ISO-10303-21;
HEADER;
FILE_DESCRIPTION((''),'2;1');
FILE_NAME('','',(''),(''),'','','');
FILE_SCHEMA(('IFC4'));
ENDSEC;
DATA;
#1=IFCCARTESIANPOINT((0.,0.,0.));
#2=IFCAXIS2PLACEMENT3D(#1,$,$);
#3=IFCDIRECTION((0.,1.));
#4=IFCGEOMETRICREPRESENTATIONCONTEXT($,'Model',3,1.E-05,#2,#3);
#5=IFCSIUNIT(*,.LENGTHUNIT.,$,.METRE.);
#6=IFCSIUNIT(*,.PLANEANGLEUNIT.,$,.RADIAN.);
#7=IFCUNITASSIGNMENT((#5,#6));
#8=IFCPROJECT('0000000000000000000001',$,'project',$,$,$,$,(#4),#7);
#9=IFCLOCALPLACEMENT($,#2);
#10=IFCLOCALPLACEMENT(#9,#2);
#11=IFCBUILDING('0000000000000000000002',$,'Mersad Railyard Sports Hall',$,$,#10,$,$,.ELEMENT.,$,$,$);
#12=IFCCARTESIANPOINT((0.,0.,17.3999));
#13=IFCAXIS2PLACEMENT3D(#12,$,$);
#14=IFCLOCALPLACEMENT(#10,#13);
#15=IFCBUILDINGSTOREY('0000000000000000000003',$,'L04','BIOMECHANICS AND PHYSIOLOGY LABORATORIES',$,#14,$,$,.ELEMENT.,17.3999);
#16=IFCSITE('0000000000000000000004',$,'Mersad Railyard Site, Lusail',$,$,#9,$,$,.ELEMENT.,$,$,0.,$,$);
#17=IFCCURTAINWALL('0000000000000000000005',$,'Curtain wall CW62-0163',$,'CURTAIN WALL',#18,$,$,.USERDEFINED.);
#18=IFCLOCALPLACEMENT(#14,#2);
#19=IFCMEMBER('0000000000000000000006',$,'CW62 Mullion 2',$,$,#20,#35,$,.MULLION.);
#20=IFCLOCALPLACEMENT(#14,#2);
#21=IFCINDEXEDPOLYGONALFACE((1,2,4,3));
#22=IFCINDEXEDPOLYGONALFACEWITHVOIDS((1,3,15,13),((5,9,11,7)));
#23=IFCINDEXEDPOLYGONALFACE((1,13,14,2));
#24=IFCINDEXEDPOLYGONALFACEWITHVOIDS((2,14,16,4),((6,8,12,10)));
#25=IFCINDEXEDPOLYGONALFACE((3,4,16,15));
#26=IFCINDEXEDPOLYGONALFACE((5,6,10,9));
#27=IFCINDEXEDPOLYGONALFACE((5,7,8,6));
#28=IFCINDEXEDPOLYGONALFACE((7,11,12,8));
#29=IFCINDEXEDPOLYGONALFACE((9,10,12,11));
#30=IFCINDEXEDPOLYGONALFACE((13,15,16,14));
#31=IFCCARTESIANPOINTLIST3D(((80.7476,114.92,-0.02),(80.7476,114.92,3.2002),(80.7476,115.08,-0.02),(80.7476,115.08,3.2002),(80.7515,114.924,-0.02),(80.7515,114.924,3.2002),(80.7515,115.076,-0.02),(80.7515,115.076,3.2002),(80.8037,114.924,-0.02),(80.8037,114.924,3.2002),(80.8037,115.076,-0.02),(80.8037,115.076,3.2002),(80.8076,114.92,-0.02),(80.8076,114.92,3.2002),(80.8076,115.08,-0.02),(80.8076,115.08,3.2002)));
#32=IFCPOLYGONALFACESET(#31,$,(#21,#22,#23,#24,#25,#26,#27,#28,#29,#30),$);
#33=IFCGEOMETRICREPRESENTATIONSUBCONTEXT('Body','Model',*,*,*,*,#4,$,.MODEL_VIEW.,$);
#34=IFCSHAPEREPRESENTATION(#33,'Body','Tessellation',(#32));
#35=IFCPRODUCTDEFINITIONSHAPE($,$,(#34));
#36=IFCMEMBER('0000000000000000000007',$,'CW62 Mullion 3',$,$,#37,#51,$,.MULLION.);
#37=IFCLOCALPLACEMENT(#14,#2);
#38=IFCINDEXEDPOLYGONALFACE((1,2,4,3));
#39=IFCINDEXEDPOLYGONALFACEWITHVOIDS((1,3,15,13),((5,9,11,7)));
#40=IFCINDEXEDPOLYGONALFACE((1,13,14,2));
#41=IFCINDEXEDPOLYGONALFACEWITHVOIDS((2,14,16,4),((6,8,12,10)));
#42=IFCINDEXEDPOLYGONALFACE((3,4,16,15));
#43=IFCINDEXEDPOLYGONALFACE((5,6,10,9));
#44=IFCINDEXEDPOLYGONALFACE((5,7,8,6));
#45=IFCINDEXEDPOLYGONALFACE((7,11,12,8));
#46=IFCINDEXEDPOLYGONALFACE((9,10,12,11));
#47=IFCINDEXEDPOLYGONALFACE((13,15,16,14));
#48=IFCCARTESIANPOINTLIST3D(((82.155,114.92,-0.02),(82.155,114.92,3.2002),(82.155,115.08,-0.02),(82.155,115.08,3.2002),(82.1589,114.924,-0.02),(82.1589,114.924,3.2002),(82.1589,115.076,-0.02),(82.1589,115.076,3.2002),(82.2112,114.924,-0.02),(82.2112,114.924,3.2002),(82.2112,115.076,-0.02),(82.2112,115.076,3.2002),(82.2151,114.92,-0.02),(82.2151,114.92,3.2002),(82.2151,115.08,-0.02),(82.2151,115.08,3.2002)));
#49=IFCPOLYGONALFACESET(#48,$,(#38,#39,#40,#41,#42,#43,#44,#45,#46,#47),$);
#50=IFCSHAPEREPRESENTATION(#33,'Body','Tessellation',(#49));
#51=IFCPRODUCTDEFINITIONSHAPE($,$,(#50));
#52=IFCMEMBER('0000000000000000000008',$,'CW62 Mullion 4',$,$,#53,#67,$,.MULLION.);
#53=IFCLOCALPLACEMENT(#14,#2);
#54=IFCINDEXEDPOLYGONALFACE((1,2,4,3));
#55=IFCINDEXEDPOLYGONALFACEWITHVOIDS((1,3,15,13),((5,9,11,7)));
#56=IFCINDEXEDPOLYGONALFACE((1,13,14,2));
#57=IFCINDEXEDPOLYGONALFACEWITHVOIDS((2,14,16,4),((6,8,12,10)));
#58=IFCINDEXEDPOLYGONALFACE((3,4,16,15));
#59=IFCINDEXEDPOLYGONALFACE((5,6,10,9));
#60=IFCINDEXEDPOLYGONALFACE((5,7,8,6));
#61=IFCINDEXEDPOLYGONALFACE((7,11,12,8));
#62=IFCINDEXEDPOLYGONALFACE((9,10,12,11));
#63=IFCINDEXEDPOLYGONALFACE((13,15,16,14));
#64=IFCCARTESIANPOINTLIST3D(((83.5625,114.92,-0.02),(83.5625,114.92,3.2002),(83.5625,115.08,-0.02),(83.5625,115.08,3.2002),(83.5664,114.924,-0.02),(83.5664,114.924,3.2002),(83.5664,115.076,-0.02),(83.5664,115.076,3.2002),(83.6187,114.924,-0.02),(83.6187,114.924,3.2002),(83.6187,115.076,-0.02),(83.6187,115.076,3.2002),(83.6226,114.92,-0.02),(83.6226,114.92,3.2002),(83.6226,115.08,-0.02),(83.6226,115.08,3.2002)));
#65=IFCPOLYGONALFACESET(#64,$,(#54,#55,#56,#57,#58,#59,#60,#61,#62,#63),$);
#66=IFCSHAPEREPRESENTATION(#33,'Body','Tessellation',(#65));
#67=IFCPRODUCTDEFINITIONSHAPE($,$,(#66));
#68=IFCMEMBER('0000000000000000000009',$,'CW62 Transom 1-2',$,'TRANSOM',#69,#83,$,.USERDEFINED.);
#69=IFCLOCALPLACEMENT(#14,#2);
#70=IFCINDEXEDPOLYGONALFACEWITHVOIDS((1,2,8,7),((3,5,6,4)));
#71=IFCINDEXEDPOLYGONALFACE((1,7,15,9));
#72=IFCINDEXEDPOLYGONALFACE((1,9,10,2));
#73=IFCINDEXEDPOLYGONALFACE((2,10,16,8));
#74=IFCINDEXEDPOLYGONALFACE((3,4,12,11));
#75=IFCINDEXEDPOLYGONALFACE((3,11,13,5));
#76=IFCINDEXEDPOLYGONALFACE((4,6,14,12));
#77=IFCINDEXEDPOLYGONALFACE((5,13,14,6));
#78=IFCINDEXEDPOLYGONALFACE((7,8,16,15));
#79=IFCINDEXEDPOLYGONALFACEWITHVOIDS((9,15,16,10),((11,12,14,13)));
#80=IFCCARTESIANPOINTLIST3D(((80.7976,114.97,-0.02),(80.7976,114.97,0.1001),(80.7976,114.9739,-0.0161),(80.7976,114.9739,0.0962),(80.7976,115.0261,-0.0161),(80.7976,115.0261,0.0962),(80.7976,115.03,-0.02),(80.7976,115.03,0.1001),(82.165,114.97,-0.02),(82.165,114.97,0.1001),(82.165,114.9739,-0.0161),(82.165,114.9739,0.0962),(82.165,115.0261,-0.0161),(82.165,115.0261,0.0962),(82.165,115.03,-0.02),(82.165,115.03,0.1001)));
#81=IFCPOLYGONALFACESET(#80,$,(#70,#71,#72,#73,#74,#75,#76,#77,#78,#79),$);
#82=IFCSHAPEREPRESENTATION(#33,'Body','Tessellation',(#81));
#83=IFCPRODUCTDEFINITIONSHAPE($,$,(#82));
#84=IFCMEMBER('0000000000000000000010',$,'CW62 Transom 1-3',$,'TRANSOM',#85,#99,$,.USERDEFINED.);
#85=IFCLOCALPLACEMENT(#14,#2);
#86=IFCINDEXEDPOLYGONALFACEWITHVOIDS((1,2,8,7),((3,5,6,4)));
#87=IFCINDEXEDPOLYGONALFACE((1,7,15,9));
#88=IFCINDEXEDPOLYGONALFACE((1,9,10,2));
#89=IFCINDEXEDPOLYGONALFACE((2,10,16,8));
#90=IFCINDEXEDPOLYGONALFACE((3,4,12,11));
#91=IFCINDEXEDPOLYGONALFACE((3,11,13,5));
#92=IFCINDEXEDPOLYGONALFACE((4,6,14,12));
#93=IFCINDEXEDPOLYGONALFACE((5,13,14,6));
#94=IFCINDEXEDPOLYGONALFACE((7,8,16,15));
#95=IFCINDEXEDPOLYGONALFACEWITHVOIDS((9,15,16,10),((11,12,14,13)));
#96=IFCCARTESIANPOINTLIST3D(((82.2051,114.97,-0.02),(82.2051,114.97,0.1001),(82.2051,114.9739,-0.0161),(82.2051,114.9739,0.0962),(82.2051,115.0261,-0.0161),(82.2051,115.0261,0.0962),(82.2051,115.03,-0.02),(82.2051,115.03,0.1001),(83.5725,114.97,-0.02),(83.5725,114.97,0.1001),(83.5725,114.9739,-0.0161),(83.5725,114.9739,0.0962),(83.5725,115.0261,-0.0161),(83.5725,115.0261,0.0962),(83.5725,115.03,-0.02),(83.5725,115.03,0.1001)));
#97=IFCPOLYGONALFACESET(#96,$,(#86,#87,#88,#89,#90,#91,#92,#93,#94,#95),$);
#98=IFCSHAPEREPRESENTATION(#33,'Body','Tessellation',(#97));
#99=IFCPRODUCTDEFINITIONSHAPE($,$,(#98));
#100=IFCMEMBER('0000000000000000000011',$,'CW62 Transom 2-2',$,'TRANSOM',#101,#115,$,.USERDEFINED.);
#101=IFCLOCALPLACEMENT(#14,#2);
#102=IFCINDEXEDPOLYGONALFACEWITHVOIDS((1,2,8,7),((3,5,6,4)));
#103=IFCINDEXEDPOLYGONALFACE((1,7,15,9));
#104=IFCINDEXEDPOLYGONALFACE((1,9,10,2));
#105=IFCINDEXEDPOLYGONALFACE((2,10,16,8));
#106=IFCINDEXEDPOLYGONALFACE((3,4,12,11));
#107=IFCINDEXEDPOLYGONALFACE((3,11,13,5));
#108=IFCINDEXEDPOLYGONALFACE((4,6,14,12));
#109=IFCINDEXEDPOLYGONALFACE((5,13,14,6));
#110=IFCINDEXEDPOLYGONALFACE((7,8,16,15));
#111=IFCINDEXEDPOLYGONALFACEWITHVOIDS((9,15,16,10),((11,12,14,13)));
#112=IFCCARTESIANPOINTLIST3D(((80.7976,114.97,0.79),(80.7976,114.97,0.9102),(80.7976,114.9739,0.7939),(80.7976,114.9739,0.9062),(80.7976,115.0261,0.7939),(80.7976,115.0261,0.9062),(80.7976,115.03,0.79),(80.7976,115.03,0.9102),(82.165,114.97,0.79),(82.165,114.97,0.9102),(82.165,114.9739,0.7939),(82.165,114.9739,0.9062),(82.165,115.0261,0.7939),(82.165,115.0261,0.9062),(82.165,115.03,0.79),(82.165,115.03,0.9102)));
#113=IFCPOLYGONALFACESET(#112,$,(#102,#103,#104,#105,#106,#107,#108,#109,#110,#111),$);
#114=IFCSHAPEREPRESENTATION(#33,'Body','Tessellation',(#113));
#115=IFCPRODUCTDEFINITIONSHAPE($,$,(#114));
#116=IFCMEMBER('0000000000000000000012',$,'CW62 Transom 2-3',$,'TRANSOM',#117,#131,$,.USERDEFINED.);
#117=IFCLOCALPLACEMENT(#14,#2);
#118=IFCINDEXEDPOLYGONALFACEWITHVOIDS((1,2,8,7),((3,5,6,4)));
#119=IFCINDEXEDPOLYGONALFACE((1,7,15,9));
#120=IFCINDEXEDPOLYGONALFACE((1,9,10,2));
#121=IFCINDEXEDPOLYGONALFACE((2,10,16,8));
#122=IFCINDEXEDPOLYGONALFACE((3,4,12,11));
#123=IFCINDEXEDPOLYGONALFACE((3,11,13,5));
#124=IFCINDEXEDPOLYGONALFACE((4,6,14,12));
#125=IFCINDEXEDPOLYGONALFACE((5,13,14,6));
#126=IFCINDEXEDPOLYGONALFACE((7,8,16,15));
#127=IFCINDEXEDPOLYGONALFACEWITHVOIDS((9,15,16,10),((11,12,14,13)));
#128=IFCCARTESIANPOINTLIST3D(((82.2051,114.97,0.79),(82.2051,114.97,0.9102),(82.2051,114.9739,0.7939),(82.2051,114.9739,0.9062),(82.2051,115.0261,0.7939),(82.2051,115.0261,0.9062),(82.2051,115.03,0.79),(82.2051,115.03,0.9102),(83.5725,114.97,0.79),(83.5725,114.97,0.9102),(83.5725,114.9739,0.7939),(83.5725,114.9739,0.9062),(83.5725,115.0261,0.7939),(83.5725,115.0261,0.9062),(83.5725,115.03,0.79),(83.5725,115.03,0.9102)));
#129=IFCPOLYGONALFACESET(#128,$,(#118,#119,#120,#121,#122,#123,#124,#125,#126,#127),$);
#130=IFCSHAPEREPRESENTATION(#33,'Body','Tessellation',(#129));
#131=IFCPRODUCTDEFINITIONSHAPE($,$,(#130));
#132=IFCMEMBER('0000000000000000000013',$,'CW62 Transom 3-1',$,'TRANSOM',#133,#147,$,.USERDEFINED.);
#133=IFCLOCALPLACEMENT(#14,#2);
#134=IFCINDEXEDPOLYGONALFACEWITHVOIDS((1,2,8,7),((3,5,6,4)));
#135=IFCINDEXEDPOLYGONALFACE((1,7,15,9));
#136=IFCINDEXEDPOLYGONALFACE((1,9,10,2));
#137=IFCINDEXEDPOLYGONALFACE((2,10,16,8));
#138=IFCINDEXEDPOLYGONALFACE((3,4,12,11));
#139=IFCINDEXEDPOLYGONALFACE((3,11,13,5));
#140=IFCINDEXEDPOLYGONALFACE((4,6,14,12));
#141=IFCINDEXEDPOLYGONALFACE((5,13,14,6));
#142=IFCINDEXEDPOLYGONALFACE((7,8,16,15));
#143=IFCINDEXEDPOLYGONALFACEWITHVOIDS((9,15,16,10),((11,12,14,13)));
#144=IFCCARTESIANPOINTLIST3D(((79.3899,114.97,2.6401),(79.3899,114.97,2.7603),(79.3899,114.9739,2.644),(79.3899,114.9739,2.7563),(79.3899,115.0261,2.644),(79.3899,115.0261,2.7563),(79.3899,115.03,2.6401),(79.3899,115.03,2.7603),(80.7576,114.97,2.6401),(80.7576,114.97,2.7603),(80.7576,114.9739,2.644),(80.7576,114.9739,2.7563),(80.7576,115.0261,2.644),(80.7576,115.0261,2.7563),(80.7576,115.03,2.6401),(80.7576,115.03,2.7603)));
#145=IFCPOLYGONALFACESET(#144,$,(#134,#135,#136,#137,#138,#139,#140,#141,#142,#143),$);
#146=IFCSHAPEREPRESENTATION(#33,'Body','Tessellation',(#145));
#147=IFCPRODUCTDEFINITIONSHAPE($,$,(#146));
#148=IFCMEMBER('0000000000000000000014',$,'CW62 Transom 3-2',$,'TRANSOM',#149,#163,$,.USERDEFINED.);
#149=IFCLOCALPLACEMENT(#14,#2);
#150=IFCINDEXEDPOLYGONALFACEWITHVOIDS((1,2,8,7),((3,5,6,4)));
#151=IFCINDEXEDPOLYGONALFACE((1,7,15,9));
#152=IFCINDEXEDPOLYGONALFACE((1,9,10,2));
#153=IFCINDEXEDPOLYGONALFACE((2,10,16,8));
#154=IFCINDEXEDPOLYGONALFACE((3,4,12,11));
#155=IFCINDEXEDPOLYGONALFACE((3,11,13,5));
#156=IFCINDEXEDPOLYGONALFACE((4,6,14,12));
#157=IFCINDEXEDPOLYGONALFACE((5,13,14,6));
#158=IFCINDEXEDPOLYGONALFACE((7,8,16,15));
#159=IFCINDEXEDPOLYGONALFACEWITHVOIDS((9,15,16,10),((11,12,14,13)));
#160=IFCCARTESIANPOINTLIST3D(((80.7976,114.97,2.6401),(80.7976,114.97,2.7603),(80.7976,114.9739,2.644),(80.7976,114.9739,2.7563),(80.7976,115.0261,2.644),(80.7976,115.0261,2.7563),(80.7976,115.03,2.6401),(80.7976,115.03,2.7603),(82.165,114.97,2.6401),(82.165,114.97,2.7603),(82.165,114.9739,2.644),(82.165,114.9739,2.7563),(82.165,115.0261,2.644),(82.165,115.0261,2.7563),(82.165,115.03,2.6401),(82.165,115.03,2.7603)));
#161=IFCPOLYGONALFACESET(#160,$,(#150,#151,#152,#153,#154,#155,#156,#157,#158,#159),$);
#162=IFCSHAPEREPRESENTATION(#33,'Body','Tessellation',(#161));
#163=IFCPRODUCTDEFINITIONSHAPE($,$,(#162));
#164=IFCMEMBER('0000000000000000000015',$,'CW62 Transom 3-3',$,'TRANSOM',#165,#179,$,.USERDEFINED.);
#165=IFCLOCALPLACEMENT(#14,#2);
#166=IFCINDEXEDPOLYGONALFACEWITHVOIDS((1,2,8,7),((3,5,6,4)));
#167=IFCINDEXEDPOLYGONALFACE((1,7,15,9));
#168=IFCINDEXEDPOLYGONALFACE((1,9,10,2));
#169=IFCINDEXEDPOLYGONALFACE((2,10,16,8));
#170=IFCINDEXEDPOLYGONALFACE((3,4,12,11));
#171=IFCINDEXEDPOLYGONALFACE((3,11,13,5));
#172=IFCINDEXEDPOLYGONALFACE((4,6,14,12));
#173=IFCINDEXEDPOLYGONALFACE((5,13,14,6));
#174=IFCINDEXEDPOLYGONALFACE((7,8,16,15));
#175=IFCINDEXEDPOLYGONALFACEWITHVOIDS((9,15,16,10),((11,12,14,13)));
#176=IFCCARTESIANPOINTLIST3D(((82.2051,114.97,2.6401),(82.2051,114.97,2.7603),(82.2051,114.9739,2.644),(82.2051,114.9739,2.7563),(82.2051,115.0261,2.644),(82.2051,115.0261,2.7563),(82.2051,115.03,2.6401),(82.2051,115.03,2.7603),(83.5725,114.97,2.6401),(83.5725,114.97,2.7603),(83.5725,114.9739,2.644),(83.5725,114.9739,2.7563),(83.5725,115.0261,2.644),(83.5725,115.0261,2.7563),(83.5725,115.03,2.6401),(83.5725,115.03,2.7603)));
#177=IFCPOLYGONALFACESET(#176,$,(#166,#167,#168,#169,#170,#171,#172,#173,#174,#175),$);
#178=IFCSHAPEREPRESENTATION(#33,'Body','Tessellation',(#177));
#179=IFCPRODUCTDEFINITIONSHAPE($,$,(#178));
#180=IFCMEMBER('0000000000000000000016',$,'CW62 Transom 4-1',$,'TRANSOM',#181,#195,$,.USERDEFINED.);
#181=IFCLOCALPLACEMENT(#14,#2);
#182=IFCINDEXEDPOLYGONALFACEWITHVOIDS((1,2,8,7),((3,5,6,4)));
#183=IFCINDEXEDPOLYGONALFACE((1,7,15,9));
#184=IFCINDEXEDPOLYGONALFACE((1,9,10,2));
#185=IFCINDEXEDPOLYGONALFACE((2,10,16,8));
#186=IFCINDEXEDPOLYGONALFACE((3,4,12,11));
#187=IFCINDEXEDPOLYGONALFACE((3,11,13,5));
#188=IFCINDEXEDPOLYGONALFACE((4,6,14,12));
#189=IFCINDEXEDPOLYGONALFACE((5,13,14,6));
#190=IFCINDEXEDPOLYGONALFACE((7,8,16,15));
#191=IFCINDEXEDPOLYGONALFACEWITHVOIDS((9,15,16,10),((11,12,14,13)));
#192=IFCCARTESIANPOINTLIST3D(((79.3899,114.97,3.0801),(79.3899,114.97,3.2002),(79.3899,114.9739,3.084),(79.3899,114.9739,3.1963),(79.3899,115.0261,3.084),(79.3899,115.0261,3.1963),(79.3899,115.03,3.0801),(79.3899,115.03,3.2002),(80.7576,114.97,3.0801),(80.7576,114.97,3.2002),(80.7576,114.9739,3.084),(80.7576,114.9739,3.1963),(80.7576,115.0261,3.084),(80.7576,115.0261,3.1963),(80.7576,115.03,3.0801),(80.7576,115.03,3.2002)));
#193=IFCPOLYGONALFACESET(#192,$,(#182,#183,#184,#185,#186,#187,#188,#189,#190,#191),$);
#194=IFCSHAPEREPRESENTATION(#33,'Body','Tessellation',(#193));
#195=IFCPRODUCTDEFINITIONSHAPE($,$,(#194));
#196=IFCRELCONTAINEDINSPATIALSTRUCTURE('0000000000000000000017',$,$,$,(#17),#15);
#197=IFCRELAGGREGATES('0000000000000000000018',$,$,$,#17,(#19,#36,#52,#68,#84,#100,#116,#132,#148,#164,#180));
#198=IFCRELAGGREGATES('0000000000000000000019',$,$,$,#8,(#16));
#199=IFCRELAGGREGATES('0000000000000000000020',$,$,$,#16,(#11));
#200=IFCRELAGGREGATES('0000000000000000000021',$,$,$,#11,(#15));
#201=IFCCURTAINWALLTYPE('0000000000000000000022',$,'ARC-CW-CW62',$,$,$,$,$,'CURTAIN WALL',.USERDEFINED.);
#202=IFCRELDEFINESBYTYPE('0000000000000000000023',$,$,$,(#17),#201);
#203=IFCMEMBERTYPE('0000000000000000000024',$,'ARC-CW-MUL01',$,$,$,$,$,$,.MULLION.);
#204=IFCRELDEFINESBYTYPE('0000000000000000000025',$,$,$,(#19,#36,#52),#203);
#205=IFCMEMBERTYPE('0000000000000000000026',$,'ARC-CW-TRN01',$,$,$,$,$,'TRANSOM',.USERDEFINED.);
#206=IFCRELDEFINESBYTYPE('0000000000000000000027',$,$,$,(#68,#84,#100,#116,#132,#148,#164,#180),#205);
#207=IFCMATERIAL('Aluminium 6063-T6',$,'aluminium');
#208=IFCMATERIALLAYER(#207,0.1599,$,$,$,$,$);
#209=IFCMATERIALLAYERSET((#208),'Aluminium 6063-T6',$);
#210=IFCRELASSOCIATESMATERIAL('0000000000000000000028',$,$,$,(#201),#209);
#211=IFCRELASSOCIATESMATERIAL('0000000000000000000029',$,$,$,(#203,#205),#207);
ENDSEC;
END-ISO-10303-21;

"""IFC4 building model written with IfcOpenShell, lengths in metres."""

from ifc_helpers import new_model, si_unit, direction, frame, origin, origin_2d, place, context, subcontext, project, spatial, hollow_rectangle, extrude, material, layer, layer_set, material_profile, profile_set, type_object, element, aggregate, save


model = new_model("IFC4")

# Units and contexts
model_context = context("Model", 3, precision=1e-05, world=origin(), true_north=direction((0.0, 1.0)))
body_context = subcontext(model_context, "Body", "Model", "MODEL_VIEW")
ifc_project = project(units=[si_unit("LENGTHUNIT", "METRE"), si_unit("PLANEANGLEUNIT", "RADIAN")], contexts=[model_context])

# Site, building, storey
site_placement = place(None, origin())
site = spatial("IfcSite", under=ifc_project, at=site_placement, Name="Mersad Railyard Site, Lusail", CompositionType="ELEMENT", RefElevation=0.0)
building_placement = place(site_placement, origin())
building = spatial("IfcBuilding", under=site, at=building_placement, Name="Mersad Railyard Sports Hall", CompositionType="ELEMENT")
storey_placement = place(building_placement, frame((0.0, 0.0, 17.3999)))
storey = spatial("IfcBuildingStorey", under=building, at=storey_placement, Name="L04", Description="BIOMECHANICS AND PHYSIOLOGY LABORATORIES", CompositionType="ELEMENT", Elevation=17.3999)

# Curtain wall, members
ifc_material_1 = material(Name="Aluminium 6063-T6", Category="aluminium")
ifc_layer_1 = layer(ifc_material_1, 0.1599)
ifc_layer_set_1 = layer_set([ifc_layer_1], Name="Aluminium 6063-T6")
curtain_wall_type = type_object("IfcCurtainWallType", Name="ARC-CW-CW62", ElementType="CURTAIN WALL", PredefinedType="USERDEFINED", material=ifc_layer_set_1)
curtain_wall_placement = place(storey_placement, origin())
curtain_wall = element("IfcCurtainWall", 1, at=curtain_wall_placement, inside=storey, type_object=curtain_wall_type, Name="Curtain wall CW62-0163", ObjectType="CURTAIN WALL", PredefinedType="USERDEFINED")
ifc_material_profile_1 = material_profile(ifc_material_1, hollow_rectangle(XDim=0.0601, YDim=0.1599, WallThickness=0.0039, at=origin_2d()), Name="AL MULLION 60x160x4")
ifc_profile_set_1 = profile_set([ifc_material_profile_1], Name="Aluminium 6063-T6")
member_type_1 = type_object("IfcMemberType", Name="ARC-CW-MUL01", PredefinedType="MULLION", material=ifc_profile_set_1)
member_1_placement = place(storey_placement, frame((80.7776, 115.0, -0.02), z_axis=(0.0, 0.0, 1.0), x_axis=(1.0, 0.0, 0.0)))
member_1 = element("IfcMember", 2, at=member_1_placement, type_object=member_type_1, Name="CW62 Mullion 2", PredefinedType="MULLION", context=body_context, shape_type="SweptSolid", body=[
    extrude(hollow_rectangle(XDim=0.0601, YDim=0.1599, WallThickness=0.0039, at=origin_2d()), origin(), (0.0, 0.0, 1.0), 3.2202),
])
member_2_placement = place(storey_placement, frame((82.1851, 115.0, -0.02), z_axis=(0.0, 0.0, 1.0), x_axis=(1.0, 0.0, 0.0)))
member_2 = element("IfcMember", 3, at=member_2_placement, type_object=member_type_1, Name="CW62 Mullion 3", PredefinedType="MULLION", context=body_context, shape_type="SweptSolid", body=[
    extrude(hollow_rectangle(XDim=0.0601, YDim=0.1599, WallThickness=0.0039, at=origin_2d()), origin(), (0.0, 0.0, 1.0), 3.2202),
])
member_3_placement = place(storey_placement, frame((83.5925, 115.0, -0.02), z_axis=(0.0, 0.0, 1.0), x_axis=(1.0, 0.0, 0.0)))
member_3 = element("IfcMember", 4, at=member_3_placement, type_object=member_type_1, Name="CW62 Mullion 4", PredefinedType="MULLION", context=body_context, shape_type="SweptSolid", body=[
    extrude(hollow_rectangle(XDim=0.0601, YDim=0.1599, WallThickness=0.0039, at=origin_2d()), origin(), (0.0, 0.0, 1.0), 3.2202),
])
ifc_material_profile_2 = material_profile(ifc_material_1, hollow_rectangle(XDim=0.0601, YDim=0.1201, WallThickness=0.0039, at=origin_2d()), Name="AL TRANSOM 60x120x4")
ifc_profile_set_2 = profile_set([ifc_material_profile_2], Name="Aluminium 6063-T6")
member_type_2 = type_object("IfcMemberType", Name="ARC-CW-TRN01", ElementType="TRANSOM", PredefinedType="USERDEFINED", material=ifc_profile_set_2)
member_4_placement = place(storey_placement, frame((80.7976, 115.0, 0.04), z_axis=(1.0, 0.0, 0.0), x_axis=(0.0, 1.0, 0.0)))
member_4 = element("IfcMember", 5, at=member_4_placement, type_object=member_type_2, Name="CW62 Transom 1-2", ObjectType="TRANSOM", PredefinedType="USERDEFINED", context=body_context, shape_type="SweptSolid", body=[
    extrude(hollow_rectangle(XDim=0.0601, YDim=0.1201, WallThickness=0.0039, at=origin_2d()), origin(), (0.0, 0.0, 1.0), 1.3674),
])
member_5_placement = place(storey_placement, frame((82.2051, 115.0, 0.04), z_axis=(1.0, 0.0, 0.0), x_axis=(0.0, 1.0, 0.0)))
member_5 = element("IfcMember", 6, at=member_5_placement, type_object=member_type_2, Name="CW62 Transom 1-3", ObjectType="TRANSOM", PredefinedType="USERDEFINED", context=body_context, shape_type="SweptSolid", body=[
    extrude(hollow_rectangle(XDim=0.0601, YDim=0.1201, WallThickness=0.0039, at=origin_2d()), origin(), (0.0, 0.0, 1.0), 1.3674),
])
member_6_placement = place(storey_placement, frame((80.7976, 115.0, 0.8501), z_axis=(1.0, 0.0, 0.0), x_axis=(0.0, 1.0, 0.0)))
member_6 = element("IfcMember", 7, at=member_6_placement, type_object=member_type_2, Name="CW62 Transom 2-2", ObjectType="TRANSOM", PredefinedType="USERDEFINED", context=body_context, shape_type="SweptSolid", body=[
    extrude(hollow_rectangle(XDim=0.0601, YDim=0.1201, WallThickness=0.0039, at=origin_2d()), origin(), (0.0, 0.0, 1.0), 1.3674),
])
member_7_placement = place(storey_placement, frame((82.2051, 115.0, 0.8501), z_axis=(1.0, 0.0, 0.0), x_axis=(0.0, 1.0, 0.0)))
member_7 = element("IfcMember", 8, at=member_7_placement, type_object=member_type_2, Name="CW62 Transom 2-3", ObjectType="TRANSOM", PredefinedType="USERDEFINED", context=body_context, shape_type="SweptSolid", body=[
    extrude(hollow_rectangle(XDim=0.0601, YDim=0.1201, WallThickness=0.0039, at=origin_2d()), origin(), (0.0, 0.0, 1.0), 1.3674),
])
member_8_placement = place(storey_placement, frame((79.3899, 115.0, 2.7002), z_axis=(1.0, 0.0, 0.0), x_axis=(0.0, 1.0, 0.0)))
member_8 = element("IfcMember", 9, at=member_8_placement, type_object=member_type_2, Name="CW62 Transom 3-1", ObjectType="TRANSOM", PredefinedType="USERDEFINED", context=body_context, shape_type="SweptSolid", body=[
    extrude(hollow_rectangle(XDim=0.0601, YDim=0.1201, WallThickness=0.0039, at=origin_2d()), origin(), (0.0, 0.0, 1.0), 1.3677),
])
member_9_placement = place(storey_placement, frame((80.7976, 115.0, 2.7002), z_axis=(1.0, 0.0, 0.0), x_axis=(0.0, 1.0, 0.0)))
member_9 = element("IfcMember", 10, at=member_9_placement, type_object=member_type_2, Name="CW62 Transom 3-2", ObjectType="TRANSOM", PredefinedType="USERDEFINED", context=body_context, shape_type="SweptSolid", body=[
    extrude(hollow_rectangle(XDim=0.0601, YDim=0.1201, WallThickness=0.0039, at=origin_2d()), origin(), (0.0, 0.0, 1.0), 1.3674),
])
member_10_placement = place(storey_placement, frame((82.2051, 115.0, 2.7002), z_axis=(1.0, 0.0, 0.0), x_axis=(0.0, 1.0, 0.0)))
member_10 = element("IfcMember", 11, at=member_10_placement, type_object=member_type_2, Name="CW62 Transom 3-3", ObjectType="TRANSOM", PredefinedType="USERDEFINED", context=body_context, shape_type="SweptSolid", body=[
    extrude(hollow_rectangle(XDim=0.0601, YDim=0.1201, WallThickness=0.0039, at=origin_2d()), origin(), (0.0, 0.0, 1.0), 1.3674),
])
member_11_placement = place(storey_placement, frame((79.3899, 115.0, 3.1401), z_axis=(1.0, 0.0, 0.0), x_axis=(0.0, 1.0, 0.0)))
member_11 = element("IfcMember", 12, at=member_11_placement, type_object=member_type_2, Name="CW62 Transom 4-1", ObjectType="TRANSOM", PredefinedType="USERDEFINED", context=body_context, shape_type="SweptSolid", body=[
    extrude(hollow_rectangle(XDim=0.0601, YDim=0.1201, WallThickness=0.0039, at=origin_2d()), origin(), (0.0, 0.0, 1.0), 1.3677),
])
aggregate(curtain_wall, [member_1, member_2, member_3, member_4, member_5, member_6, member_7, member_8, member_9, member_10, member_11])

save(model, "model.ifc")
